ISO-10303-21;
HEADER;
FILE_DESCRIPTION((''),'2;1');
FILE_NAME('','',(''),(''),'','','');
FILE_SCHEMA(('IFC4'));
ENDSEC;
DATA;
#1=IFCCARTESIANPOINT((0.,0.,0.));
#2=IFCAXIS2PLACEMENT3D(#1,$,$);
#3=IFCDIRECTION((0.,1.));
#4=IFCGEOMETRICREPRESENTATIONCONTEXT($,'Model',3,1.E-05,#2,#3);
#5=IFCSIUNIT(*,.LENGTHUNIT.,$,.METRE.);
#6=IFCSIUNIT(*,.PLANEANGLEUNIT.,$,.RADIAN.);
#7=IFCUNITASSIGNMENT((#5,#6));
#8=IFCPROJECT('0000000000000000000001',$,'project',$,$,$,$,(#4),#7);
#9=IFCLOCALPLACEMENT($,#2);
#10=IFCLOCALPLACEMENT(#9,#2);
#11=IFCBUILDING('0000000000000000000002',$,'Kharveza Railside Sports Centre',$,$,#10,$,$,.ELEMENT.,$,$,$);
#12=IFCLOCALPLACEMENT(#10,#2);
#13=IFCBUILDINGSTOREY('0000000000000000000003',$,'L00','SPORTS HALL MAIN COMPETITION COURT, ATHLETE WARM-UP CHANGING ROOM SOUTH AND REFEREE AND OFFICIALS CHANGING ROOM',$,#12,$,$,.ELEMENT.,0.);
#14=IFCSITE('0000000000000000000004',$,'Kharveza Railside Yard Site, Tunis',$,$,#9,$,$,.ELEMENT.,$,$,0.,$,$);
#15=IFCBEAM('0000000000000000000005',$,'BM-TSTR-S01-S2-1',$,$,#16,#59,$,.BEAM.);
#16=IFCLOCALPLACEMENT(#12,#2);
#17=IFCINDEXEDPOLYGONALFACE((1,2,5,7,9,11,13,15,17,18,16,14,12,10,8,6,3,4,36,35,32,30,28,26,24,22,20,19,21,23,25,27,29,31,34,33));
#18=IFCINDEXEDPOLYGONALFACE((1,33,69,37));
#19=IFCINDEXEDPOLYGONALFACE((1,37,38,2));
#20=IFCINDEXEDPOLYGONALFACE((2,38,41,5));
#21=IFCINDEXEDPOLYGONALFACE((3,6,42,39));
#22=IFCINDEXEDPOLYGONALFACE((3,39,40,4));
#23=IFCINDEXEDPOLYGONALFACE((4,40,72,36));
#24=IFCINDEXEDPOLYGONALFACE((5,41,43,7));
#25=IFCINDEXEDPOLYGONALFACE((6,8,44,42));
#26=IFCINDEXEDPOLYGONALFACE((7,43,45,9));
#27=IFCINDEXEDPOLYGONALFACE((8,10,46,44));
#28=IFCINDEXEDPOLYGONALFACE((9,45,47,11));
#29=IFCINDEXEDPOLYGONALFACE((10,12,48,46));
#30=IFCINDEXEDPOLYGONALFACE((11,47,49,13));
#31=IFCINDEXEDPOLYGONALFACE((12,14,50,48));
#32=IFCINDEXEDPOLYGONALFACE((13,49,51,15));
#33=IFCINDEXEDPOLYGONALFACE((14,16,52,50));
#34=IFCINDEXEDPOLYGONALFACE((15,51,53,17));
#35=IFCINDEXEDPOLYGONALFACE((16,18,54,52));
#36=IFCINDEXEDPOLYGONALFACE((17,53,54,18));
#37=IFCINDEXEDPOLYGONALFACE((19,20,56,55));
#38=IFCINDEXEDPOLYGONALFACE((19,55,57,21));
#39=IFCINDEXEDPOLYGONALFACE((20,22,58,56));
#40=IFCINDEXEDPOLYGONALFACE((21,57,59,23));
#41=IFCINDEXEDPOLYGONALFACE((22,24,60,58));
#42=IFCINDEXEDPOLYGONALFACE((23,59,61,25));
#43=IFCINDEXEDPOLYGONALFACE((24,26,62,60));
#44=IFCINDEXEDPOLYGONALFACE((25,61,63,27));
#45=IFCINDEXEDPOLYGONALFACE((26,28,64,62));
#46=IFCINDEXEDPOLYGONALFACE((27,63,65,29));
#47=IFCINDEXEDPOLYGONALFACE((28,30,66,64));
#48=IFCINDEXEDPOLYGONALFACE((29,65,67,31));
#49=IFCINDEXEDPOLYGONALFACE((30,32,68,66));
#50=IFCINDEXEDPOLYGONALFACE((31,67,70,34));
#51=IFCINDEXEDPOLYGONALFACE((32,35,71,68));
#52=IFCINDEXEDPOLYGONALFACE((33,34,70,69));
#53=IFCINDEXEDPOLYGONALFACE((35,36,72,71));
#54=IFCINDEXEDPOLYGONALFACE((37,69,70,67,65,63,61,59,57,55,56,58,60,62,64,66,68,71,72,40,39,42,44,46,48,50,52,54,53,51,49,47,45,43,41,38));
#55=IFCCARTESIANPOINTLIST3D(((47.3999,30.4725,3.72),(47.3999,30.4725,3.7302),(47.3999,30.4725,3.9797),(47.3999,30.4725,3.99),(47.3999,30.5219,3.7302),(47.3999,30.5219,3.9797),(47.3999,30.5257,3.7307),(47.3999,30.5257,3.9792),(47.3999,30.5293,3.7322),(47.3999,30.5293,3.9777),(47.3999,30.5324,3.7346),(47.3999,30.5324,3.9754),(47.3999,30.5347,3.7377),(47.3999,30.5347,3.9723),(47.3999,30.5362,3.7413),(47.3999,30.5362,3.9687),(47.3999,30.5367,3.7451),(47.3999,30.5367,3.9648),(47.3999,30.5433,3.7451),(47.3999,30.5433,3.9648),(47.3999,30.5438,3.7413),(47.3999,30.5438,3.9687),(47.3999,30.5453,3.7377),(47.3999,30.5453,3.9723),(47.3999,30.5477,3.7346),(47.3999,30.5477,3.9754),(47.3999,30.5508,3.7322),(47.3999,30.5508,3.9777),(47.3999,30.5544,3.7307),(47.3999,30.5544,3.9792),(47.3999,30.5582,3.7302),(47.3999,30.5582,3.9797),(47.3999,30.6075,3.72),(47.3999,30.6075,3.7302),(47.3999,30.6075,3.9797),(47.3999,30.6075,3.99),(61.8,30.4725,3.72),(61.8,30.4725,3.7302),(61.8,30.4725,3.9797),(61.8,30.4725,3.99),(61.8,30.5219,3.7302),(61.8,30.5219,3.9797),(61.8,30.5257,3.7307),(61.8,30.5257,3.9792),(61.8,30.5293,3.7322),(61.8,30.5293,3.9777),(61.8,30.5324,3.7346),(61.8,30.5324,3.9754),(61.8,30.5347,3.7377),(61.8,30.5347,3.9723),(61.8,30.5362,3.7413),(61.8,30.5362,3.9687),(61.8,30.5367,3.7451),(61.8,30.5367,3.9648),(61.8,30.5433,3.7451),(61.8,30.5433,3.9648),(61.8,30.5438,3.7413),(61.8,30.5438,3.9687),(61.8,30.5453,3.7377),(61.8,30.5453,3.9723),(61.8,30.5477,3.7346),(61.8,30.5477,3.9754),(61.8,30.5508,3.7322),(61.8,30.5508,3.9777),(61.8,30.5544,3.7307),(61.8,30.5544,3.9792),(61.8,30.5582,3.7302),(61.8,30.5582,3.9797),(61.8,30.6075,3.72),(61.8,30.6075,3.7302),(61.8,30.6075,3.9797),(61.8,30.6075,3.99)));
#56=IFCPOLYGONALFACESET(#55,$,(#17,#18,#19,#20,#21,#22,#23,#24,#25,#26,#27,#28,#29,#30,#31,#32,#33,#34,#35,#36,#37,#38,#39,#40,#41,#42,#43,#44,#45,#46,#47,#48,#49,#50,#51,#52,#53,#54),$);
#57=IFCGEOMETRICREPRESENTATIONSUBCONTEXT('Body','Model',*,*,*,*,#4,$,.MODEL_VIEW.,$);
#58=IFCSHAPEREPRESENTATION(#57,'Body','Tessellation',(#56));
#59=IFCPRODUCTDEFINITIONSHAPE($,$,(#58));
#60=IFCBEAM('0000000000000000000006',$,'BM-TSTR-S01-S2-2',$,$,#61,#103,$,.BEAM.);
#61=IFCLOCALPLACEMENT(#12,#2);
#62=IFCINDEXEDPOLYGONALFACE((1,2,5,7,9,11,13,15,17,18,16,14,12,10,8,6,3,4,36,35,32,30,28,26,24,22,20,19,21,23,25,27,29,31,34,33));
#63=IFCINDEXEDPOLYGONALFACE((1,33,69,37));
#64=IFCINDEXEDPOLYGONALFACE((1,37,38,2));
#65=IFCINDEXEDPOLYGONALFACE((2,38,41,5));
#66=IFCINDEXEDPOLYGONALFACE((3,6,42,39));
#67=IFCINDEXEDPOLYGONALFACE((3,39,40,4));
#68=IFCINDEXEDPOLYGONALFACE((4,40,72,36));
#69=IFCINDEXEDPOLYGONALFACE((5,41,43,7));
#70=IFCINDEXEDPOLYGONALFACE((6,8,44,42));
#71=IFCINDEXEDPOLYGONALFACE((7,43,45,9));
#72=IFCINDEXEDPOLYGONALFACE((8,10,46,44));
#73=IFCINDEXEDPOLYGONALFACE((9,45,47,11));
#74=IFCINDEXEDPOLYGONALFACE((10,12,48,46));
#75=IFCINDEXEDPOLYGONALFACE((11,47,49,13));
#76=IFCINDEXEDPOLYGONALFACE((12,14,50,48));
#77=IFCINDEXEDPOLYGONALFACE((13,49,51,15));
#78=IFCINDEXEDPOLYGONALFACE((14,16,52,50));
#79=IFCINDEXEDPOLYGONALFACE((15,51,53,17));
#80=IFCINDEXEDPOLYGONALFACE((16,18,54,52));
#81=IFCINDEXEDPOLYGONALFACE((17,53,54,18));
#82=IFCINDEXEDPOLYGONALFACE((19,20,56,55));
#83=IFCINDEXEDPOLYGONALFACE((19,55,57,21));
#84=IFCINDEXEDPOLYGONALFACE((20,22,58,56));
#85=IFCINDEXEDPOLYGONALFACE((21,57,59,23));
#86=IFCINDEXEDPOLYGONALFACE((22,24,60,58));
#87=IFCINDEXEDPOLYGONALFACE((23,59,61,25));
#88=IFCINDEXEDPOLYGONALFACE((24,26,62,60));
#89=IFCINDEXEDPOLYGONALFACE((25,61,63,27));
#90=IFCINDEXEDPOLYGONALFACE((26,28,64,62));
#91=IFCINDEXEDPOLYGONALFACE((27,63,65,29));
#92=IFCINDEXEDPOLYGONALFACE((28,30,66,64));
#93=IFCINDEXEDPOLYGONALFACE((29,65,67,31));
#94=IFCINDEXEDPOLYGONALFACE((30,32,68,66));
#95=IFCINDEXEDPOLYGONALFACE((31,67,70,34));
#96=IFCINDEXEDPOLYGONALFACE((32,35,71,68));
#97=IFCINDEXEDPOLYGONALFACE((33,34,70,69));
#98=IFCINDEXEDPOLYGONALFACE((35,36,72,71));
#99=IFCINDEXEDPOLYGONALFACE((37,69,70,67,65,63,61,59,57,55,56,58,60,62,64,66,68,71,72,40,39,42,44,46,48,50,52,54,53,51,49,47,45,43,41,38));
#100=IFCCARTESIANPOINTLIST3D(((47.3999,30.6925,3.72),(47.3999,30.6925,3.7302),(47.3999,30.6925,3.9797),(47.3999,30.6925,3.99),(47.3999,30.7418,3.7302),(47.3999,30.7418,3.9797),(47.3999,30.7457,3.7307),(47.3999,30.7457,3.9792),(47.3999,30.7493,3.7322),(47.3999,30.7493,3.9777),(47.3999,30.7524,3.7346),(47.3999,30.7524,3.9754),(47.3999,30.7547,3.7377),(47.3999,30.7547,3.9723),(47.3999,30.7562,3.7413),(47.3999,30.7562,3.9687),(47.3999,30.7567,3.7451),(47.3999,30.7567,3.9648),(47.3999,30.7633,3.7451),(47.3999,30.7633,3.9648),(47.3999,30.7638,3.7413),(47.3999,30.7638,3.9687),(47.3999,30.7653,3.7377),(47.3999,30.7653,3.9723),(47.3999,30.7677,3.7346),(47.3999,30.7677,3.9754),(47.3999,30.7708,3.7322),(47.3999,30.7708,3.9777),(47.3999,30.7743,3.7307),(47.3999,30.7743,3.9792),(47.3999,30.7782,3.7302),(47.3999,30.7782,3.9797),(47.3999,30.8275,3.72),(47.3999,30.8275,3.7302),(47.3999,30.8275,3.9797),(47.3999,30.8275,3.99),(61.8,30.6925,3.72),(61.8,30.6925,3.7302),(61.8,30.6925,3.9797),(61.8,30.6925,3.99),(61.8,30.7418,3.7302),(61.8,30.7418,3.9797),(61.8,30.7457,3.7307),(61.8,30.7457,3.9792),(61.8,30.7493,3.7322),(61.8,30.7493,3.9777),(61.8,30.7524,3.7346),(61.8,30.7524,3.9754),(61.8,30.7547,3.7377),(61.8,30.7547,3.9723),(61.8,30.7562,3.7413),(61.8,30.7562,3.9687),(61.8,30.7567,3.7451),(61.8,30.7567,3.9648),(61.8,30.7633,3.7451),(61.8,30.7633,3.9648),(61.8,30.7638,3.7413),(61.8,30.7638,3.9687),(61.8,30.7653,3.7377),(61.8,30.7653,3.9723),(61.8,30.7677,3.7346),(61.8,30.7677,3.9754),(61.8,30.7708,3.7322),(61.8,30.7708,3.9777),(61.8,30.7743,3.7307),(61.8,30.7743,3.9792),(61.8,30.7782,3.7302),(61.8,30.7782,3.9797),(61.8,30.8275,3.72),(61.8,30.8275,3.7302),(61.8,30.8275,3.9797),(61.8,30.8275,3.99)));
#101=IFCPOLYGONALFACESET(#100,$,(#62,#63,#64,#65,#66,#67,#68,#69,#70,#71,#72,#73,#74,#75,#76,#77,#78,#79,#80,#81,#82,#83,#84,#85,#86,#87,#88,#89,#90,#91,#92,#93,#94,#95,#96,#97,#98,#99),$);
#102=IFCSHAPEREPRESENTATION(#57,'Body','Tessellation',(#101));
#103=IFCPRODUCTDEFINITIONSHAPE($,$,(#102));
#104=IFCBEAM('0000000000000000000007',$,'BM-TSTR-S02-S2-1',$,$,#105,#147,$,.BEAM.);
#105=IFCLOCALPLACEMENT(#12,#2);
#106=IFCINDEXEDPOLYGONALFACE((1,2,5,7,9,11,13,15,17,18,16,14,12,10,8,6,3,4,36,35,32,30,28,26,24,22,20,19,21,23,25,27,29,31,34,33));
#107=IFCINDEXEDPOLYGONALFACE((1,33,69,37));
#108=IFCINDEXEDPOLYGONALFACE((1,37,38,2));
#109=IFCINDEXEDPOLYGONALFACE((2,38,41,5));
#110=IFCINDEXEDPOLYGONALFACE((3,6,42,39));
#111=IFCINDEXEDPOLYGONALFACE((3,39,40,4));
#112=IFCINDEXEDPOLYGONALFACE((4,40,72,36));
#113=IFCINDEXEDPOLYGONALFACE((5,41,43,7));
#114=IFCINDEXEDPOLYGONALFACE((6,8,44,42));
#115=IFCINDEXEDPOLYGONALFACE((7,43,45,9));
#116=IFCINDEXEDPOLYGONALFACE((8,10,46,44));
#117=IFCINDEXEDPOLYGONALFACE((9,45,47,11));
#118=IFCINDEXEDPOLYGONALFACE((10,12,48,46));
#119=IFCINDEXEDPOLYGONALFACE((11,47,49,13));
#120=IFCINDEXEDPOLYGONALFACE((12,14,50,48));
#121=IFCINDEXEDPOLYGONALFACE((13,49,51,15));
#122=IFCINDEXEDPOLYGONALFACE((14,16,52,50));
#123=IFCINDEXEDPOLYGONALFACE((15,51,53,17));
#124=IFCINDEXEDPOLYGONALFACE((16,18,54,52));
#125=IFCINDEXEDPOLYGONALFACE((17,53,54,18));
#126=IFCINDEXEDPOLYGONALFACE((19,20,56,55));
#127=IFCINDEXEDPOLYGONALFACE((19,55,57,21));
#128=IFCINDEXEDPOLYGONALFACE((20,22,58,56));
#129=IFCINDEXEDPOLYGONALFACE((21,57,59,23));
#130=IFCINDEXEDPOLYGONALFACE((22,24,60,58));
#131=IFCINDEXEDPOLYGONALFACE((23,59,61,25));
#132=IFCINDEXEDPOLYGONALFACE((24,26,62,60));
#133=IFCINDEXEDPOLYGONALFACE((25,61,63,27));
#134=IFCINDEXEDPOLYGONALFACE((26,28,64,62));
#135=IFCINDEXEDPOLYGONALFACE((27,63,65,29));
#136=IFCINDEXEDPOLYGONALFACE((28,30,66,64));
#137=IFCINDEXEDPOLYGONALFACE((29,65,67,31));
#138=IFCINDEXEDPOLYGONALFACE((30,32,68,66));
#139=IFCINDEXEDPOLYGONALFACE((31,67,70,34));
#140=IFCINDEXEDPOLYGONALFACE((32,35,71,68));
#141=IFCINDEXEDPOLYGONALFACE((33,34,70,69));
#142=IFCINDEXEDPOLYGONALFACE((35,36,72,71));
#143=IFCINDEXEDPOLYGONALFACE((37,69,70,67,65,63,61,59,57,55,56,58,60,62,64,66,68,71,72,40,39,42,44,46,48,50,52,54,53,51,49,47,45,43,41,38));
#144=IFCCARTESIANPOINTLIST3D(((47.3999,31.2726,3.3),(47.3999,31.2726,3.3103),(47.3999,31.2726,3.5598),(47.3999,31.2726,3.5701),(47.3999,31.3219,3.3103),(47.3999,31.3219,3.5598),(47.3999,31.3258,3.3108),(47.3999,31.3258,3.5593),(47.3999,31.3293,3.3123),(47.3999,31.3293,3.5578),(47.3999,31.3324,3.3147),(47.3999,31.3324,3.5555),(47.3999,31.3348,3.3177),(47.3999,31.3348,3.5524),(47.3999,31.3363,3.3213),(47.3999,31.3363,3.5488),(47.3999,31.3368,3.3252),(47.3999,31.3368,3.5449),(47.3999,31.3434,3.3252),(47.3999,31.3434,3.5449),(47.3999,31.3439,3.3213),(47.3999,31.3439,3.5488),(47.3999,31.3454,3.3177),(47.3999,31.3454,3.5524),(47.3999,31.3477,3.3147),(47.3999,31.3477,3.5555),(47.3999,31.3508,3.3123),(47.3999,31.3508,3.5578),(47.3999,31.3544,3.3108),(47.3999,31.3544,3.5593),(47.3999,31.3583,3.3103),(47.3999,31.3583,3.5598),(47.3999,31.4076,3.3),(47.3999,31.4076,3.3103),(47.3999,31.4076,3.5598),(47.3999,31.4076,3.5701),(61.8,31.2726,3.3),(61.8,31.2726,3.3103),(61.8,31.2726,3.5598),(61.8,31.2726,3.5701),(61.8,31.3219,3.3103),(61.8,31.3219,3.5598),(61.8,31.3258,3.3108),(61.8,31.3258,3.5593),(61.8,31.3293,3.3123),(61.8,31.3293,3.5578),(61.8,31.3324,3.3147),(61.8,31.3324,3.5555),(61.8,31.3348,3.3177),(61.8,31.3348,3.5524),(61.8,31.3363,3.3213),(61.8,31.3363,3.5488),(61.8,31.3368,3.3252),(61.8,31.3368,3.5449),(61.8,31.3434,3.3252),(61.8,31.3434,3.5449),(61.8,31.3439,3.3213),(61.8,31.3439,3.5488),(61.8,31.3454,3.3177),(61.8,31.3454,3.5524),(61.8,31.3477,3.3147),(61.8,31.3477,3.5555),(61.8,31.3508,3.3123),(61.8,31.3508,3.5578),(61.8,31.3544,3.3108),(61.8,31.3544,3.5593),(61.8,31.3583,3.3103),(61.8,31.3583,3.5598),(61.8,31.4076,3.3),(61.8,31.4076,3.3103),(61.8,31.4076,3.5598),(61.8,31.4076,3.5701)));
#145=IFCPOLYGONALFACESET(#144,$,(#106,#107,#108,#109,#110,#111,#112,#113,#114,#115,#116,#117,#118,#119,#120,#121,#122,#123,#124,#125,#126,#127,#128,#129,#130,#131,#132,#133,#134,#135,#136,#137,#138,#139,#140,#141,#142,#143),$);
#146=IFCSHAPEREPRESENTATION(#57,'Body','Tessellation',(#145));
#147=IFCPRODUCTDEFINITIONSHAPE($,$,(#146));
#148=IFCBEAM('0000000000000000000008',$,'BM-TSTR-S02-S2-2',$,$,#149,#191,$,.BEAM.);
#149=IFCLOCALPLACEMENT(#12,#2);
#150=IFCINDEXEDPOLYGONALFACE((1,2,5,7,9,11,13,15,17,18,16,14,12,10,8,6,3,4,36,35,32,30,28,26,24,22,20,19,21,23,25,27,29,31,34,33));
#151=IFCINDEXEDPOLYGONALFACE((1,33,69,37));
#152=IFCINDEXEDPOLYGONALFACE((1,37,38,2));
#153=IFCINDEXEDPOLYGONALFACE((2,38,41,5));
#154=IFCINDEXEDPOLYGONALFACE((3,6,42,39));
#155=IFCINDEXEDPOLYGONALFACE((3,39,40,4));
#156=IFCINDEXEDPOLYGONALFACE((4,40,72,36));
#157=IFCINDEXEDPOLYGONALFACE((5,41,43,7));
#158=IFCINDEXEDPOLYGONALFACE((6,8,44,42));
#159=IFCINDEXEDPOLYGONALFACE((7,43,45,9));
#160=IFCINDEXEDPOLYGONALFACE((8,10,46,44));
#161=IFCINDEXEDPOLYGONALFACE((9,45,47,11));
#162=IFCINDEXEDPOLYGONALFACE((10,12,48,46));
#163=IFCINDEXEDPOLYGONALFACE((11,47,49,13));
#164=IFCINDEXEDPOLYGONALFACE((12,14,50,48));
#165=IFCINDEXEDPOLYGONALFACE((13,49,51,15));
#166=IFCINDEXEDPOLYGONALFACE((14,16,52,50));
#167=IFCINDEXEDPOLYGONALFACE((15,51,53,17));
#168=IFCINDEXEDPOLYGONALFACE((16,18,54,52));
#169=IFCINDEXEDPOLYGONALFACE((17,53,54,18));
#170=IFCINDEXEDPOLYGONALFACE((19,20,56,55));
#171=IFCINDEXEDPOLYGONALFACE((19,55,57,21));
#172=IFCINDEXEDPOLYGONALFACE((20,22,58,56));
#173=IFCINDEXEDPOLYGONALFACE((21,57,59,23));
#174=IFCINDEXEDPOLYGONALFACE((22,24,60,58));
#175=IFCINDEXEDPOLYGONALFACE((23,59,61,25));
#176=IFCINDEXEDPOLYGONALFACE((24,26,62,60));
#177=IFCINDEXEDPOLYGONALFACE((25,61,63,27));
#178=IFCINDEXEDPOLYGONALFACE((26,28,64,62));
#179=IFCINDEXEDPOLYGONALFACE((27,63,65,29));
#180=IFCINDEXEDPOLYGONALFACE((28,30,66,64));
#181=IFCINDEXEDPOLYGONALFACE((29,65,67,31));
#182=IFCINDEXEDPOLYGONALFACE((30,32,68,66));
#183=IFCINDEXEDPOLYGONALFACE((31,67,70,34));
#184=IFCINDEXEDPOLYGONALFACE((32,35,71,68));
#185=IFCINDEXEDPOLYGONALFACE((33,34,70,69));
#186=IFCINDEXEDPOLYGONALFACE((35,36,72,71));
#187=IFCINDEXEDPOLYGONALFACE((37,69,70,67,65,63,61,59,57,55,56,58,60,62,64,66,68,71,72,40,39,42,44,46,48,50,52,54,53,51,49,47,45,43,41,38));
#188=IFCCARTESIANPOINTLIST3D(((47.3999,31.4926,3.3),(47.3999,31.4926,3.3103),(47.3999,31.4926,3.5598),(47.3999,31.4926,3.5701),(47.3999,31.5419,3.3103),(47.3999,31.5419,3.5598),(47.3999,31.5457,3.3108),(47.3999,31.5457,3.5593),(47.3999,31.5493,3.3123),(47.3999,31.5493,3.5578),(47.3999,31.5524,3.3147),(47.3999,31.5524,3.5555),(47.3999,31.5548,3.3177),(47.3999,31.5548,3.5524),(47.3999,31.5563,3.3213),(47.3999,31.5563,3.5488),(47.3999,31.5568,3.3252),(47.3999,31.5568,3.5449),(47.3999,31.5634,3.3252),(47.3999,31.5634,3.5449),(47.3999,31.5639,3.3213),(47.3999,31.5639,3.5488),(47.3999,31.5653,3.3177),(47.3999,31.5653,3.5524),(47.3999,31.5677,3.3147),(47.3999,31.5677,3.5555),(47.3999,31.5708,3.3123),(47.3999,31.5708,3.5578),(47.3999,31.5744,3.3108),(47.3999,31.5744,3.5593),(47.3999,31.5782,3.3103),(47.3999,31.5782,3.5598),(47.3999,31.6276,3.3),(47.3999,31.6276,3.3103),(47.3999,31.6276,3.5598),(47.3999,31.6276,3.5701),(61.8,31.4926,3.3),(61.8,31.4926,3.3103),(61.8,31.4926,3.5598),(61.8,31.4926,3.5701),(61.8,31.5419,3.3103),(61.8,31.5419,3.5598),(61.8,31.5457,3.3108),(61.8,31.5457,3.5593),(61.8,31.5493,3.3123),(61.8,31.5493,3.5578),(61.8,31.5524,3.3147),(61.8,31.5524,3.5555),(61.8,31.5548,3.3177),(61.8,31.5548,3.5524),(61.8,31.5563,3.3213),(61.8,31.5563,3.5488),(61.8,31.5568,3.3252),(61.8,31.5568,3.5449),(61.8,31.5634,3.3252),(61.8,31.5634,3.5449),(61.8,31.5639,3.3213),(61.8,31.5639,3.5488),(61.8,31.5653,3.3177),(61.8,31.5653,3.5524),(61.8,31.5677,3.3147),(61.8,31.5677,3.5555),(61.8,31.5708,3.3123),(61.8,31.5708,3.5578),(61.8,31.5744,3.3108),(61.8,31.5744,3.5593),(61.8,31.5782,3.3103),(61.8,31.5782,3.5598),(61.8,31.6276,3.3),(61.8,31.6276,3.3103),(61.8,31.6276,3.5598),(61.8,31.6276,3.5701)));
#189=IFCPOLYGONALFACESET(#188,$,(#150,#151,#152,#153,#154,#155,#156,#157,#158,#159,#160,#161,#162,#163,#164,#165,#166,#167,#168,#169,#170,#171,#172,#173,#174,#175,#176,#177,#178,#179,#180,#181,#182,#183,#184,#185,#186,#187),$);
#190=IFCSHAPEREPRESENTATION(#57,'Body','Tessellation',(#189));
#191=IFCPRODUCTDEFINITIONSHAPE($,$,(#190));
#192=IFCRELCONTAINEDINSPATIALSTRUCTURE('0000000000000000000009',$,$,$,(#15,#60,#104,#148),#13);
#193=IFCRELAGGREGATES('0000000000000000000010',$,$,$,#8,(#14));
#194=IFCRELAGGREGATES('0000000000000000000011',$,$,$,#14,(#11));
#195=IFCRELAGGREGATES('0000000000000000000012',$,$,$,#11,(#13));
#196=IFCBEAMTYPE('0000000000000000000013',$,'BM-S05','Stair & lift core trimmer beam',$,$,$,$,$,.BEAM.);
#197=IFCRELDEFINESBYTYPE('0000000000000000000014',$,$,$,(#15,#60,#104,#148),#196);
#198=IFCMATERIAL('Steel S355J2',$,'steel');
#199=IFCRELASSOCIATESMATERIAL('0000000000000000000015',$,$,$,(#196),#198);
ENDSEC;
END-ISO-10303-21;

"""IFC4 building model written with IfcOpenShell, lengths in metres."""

from ifc_helpers import new_model, si_unit, direction, frame, origin, origin_2d, place, context, subcontext, project, spatial, i_section, extrude, material, material_profile, profile_set, type_object, element, save


model = new_model("IFC4")

# Units and contexts
model_context = context("Model", 3, precision=1e-05, world=origin(), true_north=direction((0.0, 1.0)))
body_context = subcontext(model_context, "Body", "Model", "MODEL_VIEW")
ifc_project = project(units=[si_unit("LENGTHUNIT", "METRE"), si_unit("PLANEANGLEUNIT", "RADIAN")], contexts=[model_context])

# Site, building, storey
site_placement = place(None, origin())
site = spatial("IfcSite", under=ifc_project, at=site_placement, Name="Kharveza Railside Yard Site, Tunis", CompositionType="ELEMENT", RefElevation=0.0)
building_placement = place(site_placement, origin())
building = spatial("IfcBuilding", under=site, at=building_placement, Name="Kharveza Railside Sports Centre", CompositionType="ELEMENT")
storey_placement = place(building_placement, origin())
storey = spatial("IfcBuildingStorey", under=building, at=storey_placement, Name="L00", Description="SPORTS HALL MAIN COMPETITION COURT, ATHLETE WARM-UP CHANGING ROOM SOUTH AND REFEREE AND OFFICIALS CHANGING ROOM", CompositionType="ELEMENT", Elevation=0.0)

# Shared definitions
ifc_material_1 = material(Name="Steel S355J2", Category="steel")

# Beams
ifc_material_profile_1 = material_profile(ifc_material_1, i_section(OverallWidth=0.135, OverallDepth=0.27, WebThickness=0.0066, FlangeThickness=0.0103, FilletRadius=0.0149, at=origin_2d()), Name="IPE 270")
ifc_profile_set_1 = profile_set([ifc_material_profile_1], Name="Steel S355J2")
beam_type_1 = type_object("IfcBeamType", Name="BM-S05", Description="Stair & lift core trimmer beam", PredefinedType="BEAM", material=ifc_profile_set_1)
for number, where, z_axis, x_axis, name in (
    (1, (47.3999, 30.54, 3.855), (1.0, 0.0, 0.0), (0.0, 1.0, 0.0), "BM-TSTR-S01-S2-1"),
    (2, (47.3999, 30.76, 3.855), (1.0, 0.0, 0.0), (0.0, 1.0, 0.0), "BM-TSTR-S01-S2-2"),
    (3, (47.3999, 31.3401, 3.4351), (1.0, 0.0, 0.0), (0.0, 1.0, 0.0), "BM-TSTR-S02-S2-1"),
    (4, (47.3999, 31.5601, 3.4351), (1.0, 0.0, 0.0), (0.0, 1.0, 0.0), "BM-TSTR-S02-S2-2"),
):
    element("IfcBeam", number, at=place(storey_placement, frame(where, z_axis=z_axis, x_axis=x_axis)), inside=storey, type_object=beam_type_1, Name=name, PredefinedType="BEAM", context=body_context, shape_type="SweptSolid", body=[
        extrude(i_section(OverallWidth=0.135, OverallDepth=0.27, WebThickness=0.0066, FlangeThickness=0.0103, FilletRadius=0.0149, at=origin_2d()), origin(), (0.0, 0.0, 1.0), 14.4001),
    ])

save(model, "model.ifc")
